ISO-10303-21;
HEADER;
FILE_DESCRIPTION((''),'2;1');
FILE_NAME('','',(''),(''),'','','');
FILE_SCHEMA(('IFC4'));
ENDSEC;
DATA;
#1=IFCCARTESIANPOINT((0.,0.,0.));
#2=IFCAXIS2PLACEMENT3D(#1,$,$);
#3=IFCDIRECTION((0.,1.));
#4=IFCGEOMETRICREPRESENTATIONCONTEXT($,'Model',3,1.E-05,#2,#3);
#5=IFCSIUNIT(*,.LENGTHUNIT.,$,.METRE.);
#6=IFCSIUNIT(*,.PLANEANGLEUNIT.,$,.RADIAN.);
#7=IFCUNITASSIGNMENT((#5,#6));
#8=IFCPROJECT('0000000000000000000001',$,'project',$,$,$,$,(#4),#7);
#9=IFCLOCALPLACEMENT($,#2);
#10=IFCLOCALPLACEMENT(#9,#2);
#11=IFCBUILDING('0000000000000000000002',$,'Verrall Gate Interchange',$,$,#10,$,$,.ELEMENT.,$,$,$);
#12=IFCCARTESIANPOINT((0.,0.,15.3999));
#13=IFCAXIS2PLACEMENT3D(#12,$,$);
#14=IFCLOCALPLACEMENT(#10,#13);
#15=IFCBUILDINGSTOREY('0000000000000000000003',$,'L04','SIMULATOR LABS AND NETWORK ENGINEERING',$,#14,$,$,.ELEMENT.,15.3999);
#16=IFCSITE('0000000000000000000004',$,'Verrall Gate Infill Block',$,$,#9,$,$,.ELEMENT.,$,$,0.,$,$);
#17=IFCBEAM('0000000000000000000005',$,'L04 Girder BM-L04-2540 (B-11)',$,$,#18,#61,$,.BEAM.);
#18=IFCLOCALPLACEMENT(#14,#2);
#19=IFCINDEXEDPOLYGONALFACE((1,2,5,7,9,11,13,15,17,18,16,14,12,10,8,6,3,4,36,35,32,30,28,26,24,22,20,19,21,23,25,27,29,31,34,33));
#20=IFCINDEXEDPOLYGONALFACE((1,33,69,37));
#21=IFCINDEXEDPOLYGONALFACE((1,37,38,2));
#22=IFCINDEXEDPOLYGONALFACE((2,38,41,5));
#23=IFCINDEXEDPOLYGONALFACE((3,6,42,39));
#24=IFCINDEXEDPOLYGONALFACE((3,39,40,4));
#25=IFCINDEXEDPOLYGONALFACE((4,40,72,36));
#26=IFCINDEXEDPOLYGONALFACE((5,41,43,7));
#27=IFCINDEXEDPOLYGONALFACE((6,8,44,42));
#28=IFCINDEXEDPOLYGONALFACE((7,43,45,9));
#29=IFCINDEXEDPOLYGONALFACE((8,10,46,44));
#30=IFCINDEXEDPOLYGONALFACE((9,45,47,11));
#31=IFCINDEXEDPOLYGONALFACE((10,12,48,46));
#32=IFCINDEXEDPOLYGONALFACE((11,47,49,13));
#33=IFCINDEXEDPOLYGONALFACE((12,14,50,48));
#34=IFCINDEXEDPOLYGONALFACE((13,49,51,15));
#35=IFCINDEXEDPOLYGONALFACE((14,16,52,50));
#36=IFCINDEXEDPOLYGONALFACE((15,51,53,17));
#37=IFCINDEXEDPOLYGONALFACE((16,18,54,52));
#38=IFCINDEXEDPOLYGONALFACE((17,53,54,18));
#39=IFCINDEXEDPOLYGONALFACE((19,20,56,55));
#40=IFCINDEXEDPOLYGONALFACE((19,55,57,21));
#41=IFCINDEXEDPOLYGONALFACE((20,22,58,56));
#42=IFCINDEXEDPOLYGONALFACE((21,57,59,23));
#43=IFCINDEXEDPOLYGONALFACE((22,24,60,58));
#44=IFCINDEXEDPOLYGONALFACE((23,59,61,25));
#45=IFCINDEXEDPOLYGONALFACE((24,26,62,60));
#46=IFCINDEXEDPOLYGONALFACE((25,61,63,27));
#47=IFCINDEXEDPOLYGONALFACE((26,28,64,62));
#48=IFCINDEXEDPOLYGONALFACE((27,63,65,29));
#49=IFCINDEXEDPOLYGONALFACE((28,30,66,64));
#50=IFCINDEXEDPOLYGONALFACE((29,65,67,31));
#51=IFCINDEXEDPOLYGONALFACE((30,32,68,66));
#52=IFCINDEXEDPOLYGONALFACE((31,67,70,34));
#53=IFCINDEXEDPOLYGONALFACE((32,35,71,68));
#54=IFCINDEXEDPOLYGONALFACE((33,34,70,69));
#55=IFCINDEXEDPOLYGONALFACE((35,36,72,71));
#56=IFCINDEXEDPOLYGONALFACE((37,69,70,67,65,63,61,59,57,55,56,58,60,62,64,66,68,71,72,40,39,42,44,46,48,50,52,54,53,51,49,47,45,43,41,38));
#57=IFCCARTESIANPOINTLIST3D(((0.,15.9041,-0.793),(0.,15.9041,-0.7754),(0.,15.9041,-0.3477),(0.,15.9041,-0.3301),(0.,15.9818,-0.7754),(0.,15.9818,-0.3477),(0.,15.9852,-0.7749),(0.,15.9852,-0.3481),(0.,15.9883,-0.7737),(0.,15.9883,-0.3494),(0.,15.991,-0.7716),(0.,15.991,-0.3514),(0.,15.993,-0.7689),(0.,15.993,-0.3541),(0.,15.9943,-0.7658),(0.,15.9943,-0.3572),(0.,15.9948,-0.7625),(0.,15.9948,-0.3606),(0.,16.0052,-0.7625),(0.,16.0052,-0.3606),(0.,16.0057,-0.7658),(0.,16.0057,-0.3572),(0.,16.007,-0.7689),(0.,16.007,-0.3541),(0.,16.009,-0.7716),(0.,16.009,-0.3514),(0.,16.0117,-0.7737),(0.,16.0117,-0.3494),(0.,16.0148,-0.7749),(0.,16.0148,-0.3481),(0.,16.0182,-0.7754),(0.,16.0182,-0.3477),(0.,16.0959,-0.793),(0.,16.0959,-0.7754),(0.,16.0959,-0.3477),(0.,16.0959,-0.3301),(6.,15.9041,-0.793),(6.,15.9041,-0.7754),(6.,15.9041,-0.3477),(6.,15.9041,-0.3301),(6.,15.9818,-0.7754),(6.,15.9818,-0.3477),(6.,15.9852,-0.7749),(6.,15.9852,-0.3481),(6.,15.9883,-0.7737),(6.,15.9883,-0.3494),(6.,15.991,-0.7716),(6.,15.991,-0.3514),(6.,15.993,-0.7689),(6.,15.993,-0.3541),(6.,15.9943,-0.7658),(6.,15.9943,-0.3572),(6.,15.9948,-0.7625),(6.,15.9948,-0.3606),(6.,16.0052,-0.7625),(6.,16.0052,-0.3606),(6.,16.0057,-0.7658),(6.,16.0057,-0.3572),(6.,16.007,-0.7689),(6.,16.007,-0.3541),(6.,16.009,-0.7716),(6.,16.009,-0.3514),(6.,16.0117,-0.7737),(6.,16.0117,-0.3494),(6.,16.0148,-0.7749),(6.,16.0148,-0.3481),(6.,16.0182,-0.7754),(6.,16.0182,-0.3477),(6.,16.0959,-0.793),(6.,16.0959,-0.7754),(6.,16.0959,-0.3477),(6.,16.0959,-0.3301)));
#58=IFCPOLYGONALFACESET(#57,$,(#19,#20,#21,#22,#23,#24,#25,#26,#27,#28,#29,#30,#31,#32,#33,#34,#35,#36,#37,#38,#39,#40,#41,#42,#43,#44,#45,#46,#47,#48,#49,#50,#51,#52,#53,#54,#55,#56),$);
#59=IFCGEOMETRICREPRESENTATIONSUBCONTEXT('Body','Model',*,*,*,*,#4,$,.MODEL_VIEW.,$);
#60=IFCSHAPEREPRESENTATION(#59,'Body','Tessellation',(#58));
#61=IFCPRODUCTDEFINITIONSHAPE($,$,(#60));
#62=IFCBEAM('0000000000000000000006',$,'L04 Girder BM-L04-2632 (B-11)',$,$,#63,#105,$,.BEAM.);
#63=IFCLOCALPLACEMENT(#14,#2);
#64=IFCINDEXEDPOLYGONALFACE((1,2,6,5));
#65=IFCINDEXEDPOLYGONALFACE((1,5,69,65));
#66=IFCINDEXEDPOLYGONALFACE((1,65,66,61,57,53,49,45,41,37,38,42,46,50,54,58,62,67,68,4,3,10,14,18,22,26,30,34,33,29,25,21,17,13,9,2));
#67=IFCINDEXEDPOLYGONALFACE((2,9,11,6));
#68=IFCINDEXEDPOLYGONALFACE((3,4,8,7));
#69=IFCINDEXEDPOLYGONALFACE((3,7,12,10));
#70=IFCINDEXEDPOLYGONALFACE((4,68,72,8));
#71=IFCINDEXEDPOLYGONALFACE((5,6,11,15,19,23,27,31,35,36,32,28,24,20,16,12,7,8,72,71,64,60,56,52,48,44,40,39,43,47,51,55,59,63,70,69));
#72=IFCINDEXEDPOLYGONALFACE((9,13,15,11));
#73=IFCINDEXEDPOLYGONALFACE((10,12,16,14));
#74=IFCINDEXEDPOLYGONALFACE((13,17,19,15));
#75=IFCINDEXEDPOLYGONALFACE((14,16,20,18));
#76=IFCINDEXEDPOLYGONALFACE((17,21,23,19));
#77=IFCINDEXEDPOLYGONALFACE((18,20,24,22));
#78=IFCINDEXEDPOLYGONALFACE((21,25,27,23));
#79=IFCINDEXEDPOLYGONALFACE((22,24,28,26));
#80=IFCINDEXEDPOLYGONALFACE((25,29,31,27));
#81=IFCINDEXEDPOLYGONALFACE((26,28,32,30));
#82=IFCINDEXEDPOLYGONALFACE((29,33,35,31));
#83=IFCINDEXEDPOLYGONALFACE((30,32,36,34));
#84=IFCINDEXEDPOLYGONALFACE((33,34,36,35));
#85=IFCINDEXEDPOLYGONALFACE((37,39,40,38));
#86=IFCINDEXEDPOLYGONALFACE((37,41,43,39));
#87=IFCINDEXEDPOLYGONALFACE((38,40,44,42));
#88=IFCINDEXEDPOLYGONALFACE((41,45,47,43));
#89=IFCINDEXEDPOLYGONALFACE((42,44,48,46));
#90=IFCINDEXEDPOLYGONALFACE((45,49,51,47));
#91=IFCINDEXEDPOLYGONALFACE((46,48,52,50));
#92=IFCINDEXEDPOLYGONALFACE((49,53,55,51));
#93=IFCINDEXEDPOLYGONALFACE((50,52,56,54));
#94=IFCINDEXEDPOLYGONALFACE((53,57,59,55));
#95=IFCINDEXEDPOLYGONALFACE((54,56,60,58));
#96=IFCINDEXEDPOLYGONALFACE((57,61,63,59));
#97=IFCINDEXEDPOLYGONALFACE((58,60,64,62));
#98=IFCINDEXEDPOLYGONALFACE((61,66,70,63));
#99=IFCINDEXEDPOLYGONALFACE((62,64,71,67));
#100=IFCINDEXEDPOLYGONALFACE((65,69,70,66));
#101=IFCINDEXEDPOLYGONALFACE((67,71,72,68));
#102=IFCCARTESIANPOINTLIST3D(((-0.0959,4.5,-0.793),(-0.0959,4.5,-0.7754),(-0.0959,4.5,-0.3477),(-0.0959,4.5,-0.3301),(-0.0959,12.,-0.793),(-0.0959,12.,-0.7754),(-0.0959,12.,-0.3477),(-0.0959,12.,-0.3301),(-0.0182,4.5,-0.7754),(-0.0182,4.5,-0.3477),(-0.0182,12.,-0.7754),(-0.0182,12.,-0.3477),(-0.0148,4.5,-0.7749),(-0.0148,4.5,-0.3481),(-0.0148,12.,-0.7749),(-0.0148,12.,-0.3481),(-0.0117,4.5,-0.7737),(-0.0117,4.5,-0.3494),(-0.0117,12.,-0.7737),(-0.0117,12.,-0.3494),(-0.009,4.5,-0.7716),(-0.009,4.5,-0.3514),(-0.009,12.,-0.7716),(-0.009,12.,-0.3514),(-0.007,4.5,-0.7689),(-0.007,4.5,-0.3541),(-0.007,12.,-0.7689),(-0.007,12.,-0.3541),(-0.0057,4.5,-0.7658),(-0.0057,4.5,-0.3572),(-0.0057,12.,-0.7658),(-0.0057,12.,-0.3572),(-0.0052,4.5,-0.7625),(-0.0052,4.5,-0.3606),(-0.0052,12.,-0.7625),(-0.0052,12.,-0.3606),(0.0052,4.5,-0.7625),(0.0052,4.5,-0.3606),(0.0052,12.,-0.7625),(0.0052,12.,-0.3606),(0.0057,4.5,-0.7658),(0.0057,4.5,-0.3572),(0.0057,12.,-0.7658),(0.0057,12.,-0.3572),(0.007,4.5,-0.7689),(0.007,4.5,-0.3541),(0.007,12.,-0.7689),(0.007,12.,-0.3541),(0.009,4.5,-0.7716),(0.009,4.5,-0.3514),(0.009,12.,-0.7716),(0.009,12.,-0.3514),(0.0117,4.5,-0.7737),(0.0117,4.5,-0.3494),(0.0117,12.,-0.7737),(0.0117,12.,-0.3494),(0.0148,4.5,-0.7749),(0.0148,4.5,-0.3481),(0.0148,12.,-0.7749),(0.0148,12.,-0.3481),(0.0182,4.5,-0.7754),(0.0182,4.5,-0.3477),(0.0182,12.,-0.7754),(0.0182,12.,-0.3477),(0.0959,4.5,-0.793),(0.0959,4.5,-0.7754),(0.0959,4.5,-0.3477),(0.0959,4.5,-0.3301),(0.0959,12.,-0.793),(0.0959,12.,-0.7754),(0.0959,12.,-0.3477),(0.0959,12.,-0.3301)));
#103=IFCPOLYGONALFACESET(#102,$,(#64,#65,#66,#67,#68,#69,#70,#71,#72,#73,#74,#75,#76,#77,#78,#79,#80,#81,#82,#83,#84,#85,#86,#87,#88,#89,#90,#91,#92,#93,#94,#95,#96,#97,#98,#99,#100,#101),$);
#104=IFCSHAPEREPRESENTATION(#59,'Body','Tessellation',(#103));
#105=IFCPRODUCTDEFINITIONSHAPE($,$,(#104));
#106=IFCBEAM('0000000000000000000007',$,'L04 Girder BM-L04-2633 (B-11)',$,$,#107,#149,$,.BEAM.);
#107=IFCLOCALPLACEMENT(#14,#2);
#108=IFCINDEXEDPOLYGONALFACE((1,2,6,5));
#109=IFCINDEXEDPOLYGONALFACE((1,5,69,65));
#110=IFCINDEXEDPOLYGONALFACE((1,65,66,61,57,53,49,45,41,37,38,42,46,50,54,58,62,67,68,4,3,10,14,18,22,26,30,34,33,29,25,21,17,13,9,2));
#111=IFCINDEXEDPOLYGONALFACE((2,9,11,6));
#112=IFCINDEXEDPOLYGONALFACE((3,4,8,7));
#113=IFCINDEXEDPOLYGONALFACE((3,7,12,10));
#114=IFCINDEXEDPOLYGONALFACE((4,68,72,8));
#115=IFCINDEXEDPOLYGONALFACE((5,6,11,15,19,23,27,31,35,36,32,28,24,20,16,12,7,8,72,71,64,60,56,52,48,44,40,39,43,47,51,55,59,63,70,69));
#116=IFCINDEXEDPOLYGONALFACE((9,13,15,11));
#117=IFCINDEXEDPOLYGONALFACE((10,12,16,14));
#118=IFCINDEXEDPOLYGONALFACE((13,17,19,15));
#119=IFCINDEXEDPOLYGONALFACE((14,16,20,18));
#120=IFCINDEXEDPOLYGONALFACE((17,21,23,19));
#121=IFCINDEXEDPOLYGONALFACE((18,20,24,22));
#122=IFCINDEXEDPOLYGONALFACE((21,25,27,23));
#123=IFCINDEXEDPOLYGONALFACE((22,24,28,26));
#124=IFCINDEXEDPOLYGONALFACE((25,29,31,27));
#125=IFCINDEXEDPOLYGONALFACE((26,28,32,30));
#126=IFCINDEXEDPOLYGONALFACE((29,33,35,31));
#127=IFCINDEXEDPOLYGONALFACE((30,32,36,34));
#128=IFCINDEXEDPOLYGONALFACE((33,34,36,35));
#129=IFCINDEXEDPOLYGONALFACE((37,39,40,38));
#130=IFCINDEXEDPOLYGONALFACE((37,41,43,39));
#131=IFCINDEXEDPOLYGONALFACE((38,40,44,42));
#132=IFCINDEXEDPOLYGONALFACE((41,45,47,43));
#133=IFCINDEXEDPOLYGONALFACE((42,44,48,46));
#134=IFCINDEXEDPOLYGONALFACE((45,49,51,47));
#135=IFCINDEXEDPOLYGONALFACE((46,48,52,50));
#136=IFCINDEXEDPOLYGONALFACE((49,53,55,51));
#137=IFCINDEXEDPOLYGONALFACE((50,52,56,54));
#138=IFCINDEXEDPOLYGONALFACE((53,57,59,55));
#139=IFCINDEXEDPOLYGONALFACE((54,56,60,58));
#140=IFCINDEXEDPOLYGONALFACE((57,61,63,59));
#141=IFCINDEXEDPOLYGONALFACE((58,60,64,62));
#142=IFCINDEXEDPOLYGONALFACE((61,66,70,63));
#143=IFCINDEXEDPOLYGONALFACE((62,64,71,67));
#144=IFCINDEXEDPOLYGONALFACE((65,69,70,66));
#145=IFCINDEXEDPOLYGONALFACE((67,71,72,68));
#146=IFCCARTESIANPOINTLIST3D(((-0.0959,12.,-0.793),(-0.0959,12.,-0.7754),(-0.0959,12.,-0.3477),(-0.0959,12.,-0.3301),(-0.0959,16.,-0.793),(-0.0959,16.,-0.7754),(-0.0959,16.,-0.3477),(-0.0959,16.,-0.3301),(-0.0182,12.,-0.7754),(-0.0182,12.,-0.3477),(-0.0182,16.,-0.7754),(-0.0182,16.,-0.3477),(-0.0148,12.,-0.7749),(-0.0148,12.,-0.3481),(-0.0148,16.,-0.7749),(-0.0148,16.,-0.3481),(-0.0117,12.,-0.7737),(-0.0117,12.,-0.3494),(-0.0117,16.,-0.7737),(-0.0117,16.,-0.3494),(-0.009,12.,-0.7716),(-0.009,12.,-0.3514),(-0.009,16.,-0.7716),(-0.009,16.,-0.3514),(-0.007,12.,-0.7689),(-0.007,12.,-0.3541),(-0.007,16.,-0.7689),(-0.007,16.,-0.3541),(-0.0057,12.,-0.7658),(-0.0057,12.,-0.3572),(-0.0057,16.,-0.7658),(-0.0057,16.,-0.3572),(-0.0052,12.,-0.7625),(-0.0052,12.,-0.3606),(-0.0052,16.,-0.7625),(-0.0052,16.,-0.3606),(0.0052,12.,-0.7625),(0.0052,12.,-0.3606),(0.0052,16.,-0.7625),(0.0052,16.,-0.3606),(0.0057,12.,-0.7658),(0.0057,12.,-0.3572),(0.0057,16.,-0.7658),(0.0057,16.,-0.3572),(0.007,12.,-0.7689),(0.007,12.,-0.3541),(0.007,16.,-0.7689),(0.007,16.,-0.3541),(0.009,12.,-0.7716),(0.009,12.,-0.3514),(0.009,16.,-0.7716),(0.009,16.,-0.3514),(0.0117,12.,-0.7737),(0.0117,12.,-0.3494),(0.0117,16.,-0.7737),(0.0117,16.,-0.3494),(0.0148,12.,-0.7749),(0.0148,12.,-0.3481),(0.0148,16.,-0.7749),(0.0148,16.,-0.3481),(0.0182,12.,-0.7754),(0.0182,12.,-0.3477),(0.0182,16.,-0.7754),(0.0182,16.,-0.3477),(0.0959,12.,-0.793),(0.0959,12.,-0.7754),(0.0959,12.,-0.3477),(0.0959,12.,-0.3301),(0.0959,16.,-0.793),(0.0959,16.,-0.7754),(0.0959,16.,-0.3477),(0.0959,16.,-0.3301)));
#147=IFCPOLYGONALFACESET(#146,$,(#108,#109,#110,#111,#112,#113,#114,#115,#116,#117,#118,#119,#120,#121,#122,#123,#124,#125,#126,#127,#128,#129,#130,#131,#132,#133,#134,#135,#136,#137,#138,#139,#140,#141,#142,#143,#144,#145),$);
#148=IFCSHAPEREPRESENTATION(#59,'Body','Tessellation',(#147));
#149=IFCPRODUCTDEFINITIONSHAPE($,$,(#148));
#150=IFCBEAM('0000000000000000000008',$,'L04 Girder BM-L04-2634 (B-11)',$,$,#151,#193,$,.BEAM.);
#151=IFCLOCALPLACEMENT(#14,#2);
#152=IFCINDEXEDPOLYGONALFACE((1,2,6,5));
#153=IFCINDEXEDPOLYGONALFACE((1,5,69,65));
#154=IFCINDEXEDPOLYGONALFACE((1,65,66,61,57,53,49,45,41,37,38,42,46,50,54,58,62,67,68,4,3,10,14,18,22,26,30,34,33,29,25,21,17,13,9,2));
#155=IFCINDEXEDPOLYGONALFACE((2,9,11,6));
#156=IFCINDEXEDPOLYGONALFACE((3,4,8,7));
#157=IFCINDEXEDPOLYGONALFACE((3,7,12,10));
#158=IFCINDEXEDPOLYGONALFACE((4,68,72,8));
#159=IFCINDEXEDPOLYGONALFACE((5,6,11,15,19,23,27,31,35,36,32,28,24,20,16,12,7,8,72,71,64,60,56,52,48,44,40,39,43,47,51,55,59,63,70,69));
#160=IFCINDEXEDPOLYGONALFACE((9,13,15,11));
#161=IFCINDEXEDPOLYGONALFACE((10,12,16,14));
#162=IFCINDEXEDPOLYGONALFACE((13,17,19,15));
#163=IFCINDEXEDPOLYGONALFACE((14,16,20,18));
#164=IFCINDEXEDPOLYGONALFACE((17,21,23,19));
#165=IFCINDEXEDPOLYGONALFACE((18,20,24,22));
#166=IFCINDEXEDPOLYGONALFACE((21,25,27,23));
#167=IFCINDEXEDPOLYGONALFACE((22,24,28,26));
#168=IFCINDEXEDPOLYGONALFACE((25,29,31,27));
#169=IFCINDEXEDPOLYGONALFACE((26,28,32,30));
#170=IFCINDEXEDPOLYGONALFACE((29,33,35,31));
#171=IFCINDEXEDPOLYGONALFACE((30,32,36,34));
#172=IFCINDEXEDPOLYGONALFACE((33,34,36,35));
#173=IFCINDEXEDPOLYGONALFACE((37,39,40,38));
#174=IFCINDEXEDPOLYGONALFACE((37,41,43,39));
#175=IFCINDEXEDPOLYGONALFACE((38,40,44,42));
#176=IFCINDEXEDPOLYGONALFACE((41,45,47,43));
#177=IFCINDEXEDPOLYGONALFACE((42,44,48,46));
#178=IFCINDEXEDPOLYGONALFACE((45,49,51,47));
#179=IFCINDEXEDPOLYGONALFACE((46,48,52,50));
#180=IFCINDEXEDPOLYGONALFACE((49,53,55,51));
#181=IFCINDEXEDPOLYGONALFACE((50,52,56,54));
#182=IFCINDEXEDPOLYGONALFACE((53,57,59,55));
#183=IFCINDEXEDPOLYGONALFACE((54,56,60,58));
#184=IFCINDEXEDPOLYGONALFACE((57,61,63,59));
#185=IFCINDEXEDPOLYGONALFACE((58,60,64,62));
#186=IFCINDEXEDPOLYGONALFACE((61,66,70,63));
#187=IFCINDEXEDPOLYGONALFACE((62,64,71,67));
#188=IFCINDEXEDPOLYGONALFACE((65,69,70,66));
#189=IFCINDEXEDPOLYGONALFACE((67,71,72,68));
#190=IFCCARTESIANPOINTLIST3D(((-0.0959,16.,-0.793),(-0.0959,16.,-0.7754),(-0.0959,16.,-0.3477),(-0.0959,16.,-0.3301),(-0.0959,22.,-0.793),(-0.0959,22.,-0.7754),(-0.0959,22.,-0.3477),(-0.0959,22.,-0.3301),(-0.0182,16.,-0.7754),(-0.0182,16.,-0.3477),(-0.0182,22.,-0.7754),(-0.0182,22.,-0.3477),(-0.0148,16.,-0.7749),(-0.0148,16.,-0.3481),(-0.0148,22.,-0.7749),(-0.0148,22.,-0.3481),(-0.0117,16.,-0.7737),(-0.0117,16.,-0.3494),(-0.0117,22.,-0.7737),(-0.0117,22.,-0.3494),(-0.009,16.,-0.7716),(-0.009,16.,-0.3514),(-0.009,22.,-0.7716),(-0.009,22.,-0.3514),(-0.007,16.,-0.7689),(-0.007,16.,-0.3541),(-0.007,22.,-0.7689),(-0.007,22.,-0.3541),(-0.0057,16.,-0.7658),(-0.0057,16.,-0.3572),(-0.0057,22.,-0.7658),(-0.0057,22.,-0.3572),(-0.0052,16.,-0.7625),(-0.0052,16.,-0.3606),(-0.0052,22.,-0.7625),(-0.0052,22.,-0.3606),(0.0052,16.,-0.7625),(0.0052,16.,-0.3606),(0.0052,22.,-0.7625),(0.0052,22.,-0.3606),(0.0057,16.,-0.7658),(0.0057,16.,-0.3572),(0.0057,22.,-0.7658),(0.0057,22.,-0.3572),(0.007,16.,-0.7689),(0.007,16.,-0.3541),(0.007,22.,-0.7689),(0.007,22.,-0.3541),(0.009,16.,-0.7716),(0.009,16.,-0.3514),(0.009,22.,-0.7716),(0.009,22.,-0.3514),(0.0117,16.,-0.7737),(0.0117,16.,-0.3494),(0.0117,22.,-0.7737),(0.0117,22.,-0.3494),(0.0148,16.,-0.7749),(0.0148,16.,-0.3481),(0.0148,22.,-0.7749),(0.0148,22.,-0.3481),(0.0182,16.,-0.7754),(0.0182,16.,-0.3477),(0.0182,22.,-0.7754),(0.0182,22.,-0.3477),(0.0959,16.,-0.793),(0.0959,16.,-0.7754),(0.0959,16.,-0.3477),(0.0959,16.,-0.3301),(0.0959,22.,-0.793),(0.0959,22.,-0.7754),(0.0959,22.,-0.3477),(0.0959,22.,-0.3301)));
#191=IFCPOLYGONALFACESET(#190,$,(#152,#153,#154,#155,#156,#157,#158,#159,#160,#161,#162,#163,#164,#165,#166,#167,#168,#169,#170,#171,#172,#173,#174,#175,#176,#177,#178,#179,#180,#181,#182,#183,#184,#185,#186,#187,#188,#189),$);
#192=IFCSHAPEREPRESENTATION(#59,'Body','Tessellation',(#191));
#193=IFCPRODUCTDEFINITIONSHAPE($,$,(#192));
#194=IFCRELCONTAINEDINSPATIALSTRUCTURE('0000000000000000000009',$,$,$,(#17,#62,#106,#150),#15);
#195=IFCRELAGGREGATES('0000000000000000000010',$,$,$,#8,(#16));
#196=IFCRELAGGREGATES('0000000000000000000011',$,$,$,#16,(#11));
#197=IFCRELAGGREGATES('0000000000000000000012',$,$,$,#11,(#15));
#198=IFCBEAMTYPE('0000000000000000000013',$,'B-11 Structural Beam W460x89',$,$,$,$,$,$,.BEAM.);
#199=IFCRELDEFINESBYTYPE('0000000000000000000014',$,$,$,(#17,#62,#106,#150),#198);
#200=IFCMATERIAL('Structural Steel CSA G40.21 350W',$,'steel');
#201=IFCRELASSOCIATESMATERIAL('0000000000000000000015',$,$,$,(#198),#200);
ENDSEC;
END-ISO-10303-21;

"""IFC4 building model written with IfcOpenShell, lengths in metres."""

from ifc_helpers import new_model, si_unit, direction, frame, origin, origin_2d, place, context, subcontext, project, spatial, i_section, extrude, material, material_profile, profile_set, type_object, element, save


model = new_model("IFC4")

# Units and contexts
model_context = context("Model", 3, precision=1e-05, world=origin(), true_north=direction((0.0, 1.0)))
body_context = subcontext(model_context, "Body", "Model", "MODEL_VIEW")
ifc_project = project(units=[si_unit("LENGTHUNIT", "METRE"), si_unit("PLANEANGLEUNIT", "RADIAN")], contexts=[model_context])

# Site, building, storey
site_placement = place(None, origin())
site = spatial("IfcSite", under=ifc_project, at=site_placement, Name="Verrall Gate Infill Block", CompositionType="ELEMENT", RefElevation=0.0)
building_placement = place(site_placement, origin())
building = spatial("IfcBuilding", under=site, at=building_placement, Name="Verrall Gate Interchange", CompositionType="ELEMENT")
storey_placement = place(building_placement, frame((0.0, 0.0, 15.3999)))
storey = spatial("IfcBuildingStorey", under=building, at=storey_placement, Name="L04", Description="SIMULATOR LABS AND NETWORK ENGINEERING", CompositionType="ELEMENT", Elevation=15.3999)

# Beams
ifc_material_1 = material(Name="Structural Steel CSA G40.21 350W", Category="steel")
ifc_material_profile_1 = material_profile(ifc_material_1, i_section(OverallWidth=0.1919, OverallDepth=0.4629, WebThickness=0.0105, FlangeThickness=0.0176, FilletRadius=0.0129, at=origin_2d()), Name="W460x89")
ifc_profile_set_1 = profile_set([ifc_material_profile_1], Name="Structural Steel CSA G40.21 350W")
beam_type_1 = type_object("IfcBeamType", Name="B-11 Structural Beam W460x89", PredefinedType="BEAM", material=ifc_profile_set_1)
beam_1_placement = place(storey_placement, frame((0.0, 16.0, -0.5615), z_axis=(1.0, 0.0, 0.0), x_axis=(0.0, 1.0, 0.0)))
element("IfcBeam", 1, at=beam_1_placement, inside=storey, type_object=beam_type_1, Name="L04 Girder BM-L04-2540 (B-11)", PredefinedType="BEAM", context=body_context, shape_type="SweptSolid", body=[
    extrude(i_section(OverallWidth=0.1919, OverallDepth=0.4629, WebThickness=0.0105, FlangeThickness=0.0176, FilletRadius=0.0129, at=origin_2d()), origin(), (0.0, 0.0, 1.0), 6.0),
])
beam_2_placement = place(storey_placement, frame((0.0, 4.5, -0.5615), z_axis=(0.0, 1.0, 0.0), x_axis=(-1.0, 0.0, 0.0)))
element("IfcBeam", 2, at=beam_2_placement, inside=storey, type_object=beam_type_1, Name="L04 Girder BM-L04-2632 (B-11)", PredefinedType="BEAM", context=body_context, shape_type="SweptSolid", body=[
    extrude(i_section(OverallWidth=0.1919, OverallDepth=0.4629, WebThickness=0.0105, FlangeThickness=0.0176, FilletRadius=0.0129, at=origin_2d()), origin(), (0.0, 0.0, 1.0), 7.5),
])
beam_3_placement = place(storey_placement, frame((0.0, 12.0, -0.5615), z_axis=(0.0, 1.0, 0.0), x_axis=(-1.0, 0.0, 0.0)))
element("IfcBeam", 3, at=beam_3_placement, inside=storey, type_object=beam_type_1, Name="L04 Girder BM-L04-2633 (B-11)", PredefinedType="BEAM", context=body_context, shape_type="SweptSolid", body=[
    extrude(i_section(OverallWidth=0.1919, OverallDepth=0.4629, WebThickness=0.0105, FlangeThickness=0.0176, FilletRadius=0.0129, at=origin_2d()), origin(), (0.0, 0.0, 1.0), 4.0),
])
beam_4_placement = place(storey_placement, frame((0.0, 16.0, -0.5615), z_axis=(0.0, 1.0, 0.0), x_axis=(-1.0, 0.0, 0.0)))
element("IfcBeam", 4, at=beam_4_placement, inside=storey, type_object=beam_type_1, Name="L04 Girder BM-L04-2634 (B-11)", PredefinedType="BEAM", context=body_context, shape_type="SweptSolid", body=[
    extrude(i_section(OverallWidth=0.1919, OverallDepth=0.4629, WebThickness=0.0105, FlangeThickness=0.0176, FilletRadius=0.0129, at=origin_2d()), origin(), (0.0, 0.0, 1.0), 6.0),
])

save(model, "model.ifc")
